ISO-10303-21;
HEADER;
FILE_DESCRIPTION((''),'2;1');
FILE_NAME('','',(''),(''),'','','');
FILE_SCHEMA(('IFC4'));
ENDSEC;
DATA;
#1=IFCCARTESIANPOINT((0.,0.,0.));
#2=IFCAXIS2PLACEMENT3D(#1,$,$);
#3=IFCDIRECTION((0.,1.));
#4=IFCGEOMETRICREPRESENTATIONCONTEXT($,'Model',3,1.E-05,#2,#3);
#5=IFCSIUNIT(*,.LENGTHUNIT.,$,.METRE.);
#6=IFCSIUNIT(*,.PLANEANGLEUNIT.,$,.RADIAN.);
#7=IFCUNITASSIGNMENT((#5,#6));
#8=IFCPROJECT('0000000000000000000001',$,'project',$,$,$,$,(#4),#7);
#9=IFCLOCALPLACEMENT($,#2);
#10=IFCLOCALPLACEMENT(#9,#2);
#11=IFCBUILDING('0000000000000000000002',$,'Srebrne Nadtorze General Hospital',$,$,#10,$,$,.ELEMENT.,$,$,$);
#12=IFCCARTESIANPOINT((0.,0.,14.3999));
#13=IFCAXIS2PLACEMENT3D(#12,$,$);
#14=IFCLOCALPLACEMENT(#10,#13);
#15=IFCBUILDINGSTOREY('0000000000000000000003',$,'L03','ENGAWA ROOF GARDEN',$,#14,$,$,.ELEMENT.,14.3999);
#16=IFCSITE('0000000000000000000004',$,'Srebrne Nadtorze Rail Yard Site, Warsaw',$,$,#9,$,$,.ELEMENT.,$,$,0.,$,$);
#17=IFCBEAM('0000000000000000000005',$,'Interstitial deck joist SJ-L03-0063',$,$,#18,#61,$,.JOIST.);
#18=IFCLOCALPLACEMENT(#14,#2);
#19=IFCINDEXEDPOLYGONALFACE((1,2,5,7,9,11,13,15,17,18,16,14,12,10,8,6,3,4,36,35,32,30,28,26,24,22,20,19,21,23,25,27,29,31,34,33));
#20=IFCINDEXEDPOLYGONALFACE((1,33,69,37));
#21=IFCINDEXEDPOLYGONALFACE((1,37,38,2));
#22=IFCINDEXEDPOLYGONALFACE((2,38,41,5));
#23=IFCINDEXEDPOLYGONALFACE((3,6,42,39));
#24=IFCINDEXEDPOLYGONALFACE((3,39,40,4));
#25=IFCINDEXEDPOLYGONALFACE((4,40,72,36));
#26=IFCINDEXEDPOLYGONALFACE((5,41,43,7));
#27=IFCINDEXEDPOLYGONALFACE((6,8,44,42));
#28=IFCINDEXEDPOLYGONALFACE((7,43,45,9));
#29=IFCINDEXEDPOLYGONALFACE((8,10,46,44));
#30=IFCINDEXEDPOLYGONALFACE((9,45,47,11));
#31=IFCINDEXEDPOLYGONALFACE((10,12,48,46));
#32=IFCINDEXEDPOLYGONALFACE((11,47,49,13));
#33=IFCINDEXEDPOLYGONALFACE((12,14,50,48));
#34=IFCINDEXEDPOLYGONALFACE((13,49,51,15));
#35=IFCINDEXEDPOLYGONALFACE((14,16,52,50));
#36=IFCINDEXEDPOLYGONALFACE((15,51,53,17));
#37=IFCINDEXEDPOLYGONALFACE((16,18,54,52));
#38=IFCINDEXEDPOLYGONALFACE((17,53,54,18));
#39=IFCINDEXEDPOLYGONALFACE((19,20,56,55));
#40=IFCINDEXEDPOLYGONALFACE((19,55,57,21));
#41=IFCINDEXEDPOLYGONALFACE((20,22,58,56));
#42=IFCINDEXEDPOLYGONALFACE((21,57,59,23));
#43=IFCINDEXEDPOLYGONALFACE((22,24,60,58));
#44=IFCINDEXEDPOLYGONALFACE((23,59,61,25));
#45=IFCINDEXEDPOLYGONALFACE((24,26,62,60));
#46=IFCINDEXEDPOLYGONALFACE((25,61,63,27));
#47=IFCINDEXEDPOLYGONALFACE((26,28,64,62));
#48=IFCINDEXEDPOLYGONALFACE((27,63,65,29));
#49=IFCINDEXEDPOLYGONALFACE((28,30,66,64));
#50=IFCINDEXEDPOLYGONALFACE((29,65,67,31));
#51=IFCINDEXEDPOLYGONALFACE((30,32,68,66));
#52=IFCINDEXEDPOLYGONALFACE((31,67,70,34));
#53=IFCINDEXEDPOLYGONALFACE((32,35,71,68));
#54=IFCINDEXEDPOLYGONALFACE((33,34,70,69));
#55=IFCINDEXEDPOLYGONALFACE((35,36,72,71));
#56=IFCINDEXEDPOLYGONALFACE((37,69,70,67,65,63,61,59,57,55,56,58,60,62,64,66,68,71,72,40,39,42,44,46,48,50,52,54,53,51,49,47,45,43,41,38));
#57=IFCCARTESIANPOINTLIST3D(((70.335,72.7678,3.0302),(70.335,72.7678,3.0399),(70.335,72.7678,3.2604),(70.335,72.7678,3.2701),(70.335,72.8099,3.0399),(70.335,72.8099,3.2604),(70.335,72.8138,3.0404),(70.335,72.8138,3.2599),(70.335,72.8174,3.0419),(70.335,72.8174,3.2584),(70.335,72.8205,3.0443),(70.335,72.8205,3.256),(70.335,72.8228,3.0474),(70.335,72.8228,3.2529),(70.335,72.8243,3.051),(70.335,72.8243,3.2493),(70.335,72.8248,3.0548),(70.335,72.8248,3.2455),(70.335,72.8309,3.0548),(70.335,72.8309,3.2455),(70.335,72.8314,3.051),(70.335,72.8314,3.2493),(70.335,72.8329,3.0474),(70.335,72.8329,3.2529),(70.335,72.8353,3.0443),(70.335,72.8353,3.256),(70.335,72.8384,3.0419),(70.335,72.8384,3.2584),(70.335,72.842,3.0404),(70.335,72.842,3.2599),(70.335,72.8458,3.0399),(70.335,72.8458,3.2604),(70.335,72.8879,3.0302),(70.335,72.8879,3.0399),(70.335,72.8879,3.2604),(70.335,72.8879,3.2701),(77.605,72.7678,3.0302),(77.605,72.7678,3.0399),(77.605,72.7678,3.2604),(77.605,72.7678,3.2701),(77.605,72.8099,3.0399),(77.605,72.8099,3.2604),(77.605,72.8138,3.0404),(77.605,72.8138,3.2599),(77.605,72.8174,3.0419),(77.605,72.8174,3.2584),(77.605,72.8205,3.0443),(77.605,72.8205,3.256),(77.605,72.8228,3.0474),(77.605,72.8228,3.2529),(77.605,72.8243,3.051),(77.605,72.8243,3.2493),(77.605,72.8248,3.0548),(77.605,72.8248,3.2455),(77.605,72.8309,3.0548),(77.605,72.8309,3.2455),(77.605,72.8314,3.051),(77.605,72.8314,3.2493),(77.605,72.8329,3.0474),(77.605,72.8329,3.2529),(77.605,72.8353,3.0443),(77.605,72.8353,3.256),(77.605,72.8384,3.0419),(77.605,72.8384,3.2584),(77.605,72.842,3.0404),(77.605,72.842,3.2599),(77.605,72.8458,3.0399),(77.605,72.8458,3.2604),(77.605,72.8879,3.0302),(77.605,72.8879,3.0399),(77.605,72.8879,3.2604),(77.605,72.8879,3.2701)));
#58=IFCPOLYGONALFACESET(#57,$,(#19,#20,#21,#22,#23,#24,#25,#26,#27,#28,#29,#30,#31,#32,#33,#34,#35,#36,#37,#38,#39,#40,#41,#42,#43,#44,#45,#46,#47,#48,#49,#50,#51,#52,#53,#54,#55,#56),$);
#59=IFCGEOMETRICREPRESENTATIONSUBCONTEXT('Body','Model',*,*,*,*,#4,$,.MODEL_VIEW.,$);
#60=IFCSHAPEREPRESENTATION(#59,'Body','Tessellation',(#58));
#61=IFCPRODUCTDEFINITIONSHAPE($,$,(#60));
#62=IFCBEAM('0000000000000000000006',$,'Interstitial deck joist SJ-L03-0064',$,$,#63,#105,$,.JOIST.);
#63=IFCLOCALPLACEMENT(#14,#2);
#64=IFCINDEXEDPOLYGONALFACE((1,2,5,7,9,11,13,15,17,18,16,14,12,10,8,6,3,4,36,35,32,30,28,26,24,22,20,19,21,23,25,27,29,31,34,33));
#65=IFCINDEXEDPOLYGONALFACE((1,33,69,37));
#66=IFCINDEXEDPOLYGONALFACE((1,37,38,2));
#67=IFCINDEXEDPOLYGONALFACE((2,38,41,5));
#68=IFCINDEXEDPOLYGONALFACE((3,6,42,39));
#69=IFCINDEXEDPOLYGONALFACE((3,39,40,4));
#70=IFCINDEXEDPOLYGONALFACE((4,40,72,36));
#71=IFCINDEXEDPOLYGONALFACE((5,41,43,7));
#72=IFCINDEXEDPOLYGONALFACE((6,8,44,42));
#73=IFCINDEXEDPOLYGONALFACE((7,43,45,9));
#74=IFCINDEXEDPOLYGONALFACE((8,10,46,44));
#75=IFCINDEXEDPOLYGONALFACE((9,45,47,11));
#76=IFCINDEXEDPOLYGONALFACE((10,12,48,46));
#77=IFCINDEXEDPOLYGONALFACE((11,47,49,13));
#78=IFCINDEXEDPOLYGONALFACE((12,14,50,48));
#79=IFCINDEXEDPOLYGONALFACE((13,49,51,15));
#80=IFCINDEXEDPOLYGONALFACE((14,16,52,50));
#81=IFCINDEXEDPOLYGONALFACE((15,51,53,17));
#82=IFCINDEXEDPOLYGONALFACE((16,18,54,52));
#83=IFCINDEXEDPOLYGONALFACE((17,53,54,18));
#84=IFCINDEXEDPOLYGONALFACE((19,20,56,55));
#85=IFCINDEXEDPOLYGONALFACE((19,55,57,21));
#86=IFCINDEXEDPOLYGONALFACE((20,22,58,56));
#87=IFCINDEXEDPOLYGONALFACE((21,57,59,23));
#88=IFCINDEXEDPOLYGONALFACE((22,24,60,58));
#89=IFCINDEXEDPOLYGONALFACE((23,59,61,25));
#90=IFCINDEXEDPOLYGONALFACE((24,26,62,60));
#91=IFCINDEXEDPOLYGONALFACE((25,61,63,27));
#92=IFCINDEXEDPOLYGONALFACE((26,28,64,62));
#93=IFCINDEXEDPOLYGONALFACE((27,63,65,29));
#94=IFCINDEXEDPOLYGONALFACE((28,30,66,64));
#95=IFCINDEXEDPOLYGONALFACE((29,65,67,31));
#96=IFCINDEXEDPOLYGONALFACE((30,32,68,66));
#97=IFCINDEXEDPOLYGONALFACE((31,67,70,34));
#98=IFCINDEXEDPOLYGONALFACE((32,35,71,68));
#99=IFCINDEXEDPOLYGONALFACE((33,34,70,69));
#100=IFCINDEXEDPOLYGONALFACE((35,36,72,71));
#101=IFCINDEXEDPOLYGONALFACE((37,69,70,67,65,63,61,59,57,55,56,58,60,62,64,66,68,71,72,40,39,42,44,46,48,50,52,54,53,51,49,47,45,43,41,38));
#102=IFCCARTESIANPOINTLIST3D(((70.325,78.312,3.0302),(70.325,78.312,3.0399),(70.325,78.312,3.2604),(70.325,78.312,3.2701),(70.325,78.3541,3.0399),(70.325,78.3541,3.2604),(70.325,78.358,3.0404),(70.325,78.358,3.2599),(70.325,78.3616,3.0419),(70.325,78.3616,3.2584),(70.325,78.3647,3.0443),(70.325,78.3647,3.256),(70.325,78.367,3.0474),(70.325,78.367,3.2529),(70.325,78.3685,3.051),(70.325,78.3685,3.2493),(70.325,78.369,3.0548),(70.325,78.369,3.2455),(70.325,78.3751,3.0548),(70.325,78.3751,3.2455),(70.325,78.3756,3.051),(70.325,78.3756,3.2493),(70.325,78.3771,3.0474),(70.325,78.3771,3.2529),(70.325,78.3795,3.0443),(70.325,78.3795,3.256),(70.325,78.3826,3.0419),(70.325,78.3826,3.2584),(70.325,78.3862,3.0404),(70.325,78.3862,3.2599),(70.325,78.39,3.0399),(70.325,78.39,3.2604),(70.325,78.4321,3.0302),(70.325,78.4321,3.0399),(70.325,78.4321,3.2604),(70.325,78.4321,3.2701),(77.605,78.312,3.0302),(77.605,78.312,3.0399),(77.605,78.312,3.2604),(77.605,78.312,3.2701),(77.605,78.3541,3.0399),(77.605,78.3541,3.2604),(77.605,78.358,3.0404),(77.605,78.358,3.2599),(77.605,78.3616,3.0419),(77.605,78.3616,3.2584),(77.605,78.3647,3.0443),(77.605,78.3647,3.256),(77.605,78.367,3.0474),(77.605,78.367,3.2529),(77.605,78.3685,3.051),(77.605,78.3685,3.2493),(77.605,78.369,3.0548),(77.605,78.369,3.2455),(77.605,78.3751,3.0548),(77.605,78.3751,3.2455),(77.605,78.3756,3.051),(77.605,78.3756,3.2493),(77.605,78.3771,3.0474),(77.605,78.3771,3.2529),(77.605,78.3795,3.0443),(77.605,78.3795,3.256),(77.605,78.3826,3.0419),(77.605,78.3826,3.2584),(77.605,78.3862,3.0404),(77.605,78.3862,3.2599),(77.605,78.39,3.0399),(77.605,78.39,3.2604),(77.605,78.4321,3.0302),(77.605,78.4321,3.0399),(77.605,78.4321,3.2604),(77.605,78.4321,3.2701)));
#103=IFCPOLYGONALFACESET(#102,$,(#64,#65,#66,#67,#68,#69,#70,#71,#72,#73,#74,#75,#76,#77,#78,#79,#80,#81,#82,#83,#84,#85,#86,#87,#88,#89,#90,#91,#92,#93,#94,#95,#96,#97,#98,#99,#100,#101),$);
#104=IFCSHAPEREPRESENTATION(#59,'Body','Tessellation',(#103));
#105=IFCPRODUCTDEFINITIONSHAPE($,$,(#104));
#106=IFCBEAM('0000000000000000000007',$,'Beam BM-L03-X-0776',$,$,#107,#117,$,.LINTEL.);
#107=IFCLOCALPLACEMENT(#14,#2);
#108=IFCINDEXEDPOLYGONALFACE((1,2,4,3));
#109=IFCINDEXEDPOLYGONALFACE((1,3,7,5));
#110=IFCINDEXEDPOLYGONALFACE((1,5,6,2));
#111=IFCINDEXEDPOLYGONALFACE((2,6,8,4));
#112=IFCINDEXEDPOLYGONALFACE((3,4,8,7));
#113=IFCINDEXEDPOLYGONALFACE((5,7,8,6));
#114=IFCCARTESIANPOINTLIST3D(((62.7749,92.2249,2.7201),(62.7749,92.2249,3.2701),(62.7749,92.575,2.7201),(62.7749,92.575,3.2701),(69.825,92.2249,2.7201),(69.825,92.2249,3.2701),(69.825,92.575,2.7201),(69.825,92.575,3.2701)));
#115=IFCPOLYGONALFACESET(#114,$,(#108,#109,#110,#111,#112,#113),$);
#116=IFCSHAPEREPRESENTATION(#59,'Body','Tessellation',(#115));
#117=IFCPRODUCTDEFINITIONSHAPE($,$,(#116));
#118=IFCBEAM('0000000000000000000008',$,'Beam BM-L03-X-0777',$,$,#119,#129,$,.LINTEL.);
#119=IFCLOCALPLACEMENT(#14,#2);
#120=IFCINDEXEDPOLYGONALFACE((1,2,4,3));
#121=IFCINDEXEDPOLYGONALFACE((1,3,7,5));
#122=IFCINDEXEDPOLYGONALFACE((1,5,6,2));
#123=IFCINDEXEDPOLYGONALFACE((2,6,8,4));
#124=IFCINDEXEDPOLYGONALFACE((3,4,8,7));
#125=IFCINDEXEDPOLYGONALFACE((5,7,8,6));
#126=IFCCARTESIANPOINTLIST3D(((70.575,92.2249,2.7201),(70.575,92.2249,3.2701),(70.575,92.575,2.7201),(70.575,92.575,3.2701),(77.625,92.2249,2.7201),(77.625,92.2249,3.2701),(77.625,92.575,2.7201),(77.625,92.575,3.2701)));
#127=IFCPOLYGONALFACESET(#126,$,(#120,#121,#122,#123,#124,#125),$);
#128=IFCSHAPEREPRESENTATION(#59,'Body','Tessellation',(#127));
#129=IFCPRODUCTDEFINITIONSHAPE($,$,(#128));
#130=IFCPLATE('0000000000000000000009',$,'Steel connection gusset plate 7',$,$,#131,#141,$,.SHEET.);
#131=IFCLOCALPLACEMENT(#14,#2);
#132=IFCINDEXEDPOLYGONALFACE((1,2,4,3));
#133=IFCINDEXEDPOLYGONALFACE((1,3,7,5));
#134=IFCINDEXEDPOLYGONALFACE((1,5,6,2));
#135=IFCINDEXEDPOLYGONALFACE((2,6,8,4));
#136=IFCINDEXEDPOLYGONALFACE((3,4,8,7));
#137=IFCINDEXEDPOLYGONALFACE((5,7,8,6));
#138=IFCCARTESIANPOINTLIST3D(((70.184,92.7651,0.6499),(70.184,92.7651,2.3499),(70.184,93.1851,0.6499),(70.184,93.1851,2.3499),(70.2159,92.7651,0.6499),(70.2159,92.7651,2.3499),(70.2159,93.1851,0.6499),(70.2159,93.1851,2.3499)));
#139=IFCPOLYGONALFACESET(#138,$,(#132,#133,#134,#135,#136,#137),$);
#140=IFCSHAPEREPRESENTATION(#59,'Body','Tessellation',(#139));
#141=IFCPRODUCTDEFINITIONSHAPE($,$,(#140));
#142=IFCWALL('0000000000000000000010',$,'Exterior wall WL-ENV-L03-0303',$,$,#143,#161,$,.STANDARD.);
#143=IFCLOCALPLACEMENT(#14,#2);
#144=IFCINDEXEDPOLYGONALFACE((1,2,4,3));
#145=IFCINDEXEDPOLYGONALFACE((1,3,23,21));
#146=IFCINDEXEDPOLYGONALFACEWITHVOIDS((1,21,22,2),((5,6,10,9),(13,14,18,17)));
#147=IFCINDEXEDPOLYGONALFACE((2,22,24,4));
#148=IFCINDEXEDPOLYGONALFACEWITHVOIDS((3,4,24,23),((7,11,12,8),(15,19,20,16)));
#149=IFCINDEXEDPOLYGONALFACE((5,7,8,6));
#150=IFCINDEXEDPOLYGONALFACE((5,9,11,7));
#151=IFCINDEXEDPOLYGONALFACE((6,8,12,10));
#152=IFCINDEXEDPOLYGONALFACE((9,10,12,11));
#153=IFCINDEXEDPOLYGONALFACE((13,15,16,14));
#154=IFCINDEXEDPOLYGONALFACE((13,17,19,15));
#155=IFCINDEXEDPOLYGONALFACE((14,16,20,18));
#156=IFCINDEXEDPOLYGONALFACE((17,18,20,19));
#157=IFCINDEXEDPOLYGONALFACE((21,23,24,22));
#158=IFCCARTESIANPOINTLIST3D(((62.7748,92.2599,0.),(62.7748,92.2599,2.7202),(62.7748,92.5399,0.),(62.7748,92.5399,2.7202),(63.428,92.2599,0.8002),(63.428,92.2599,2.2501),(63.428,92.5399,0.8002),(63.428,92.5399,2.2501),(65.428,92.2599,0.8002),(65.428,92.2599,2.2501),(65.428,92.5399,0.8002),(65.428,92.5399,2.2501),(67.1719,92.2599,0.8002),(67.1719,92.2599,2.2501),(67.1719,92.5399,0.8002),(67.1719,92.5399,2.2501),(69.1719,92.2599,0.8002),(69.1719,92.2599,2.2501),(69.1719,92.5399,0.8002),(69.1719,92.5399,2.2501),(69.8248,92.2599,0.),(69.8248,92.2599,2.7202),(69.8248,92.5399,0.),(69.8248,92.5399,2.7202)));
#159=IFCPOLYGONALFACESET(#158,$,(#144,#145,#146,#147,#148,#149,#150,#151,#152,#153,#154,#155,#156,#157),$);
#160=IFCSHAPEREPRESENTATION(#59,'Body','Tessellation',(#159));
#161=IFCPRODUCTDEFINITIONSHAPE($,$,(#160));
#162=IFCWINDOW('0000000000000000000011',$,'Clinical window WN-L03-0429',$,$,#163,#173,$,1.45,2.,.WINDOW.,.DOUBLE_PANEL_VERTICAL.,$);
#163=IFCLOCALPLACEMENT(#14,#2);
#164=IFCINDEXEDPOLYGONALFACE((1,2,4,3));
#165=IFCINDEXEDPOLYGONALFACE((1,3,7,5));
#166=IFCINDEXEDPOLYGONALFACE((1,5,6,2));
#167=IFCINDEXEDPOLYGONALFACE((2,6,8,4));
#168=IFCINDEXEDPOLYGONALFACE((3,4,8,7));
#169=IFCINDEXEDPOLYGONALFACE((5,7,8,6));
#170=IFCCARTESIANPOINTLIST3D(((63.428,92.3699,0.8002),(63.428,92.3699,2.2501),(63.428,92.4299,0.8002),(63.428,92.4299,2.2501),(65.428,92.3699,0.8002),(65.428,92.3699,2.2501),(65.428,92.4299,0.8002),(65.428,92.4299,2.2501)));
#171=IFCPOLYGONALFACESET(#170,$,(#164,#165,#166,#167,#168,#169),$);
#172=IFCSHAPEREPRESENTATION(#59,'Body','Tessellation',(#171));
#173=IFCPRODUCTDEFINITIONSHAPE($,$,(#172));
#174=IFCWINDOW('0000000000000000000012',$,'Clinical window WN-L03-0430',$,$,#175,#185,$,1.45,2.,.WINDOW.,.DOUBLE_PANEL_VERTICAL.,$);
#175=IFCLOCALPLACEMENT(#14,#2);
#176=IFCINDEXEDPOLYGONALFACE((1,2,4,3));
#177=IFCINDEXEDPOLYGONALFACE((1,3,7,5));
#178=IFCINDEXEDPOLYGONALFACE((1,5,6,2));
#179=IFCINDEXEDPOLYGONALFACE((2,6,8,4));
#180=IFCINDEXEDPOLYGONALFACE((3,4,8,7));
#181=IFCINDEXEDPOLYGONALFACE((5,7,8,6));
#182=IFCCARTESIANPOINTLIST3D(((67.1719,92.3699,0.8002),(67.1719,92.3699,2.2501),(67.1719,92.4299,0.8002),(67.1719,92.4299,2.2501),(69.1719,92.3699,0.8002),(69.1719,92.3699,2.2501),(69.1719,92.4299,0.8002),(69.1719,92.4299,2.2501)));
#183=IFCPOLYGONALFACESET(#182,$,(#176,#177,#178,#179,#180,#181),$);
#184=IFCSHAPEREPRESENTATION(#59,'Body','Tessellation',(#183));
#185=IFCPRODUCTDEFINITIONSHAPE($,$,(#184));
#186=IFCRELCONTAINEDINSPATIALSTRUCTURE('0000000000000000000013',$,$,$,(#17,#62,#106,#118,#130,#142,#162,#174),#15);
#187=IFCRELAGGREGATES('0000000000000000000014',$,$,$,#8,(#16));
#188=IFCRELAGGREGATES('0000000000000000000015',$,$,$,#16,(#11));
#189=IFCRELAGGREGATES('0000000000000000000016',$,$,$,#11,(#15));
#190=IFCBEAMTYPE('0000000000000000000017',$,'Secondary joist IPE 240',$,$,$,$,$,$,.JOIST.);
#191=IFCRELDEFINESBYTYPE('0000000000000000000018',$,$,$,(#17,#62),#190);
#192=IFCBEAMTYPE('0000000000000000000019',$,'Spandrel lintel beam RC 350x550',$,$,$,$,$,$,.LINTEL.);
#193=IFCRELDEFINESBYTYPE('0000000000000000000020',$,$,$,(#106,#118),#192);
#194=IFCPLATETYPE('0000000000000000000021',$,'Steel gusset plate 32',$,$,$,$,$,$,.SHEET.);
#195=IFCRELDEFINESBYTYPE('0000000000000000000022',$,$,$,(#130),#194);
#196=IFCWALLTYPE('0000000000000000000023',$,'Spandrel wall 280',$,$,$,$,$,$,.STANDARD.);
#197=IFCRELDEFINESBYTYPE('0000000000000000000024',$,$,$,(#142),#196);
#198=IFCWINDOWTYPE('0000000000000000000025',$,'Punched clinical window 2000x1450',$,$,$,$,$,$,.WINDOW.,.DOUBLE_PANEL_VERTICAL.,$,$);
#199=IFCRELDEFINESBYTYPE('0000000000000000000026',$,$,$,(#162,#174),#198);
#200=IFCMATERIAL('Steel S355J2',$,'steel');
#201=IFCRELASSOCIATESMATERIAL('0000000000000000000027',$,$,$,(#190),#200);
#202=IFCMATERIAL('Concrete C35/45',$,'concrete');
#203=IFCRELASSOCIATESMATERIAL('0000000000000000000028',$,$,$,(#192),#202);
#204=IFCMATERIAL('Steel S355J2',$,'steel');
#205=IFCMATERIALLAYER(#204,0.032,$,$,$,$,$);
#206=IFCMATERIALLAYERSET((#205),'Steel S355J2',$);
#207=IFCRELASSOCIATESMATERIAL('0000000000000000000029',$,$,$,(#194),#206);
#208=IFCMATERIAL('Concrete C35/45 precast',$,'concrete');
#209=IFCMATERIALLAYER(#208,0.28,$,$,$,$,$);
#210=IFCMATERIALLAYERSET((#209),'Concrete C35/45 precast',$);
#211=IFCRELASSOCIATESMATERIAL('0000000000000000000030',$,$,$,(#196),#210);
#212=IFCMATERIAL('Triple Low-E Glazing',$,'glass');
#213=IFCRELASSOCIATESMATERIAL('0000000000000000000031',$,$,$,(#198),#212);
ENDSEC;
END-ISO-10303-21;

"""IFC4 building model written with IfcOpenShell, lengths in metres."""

from ifc_helpers import new_model, si_unit, direction, frame, frame_2d, origin, origin_2d, place, context, subcontext, project, spatial, rectangle, i_section, extrude, material, layer, layer_set, material_profile, profile_set, type_object, element, fill, save


model = new_model("IFC4")

# Units and contexts
model_context = context("Model", 3, precision=1e-05, world=origin(), true_north=direction((0.0, 1.0)))
body_context = subcontext(model_context, "Body", "Model", "MODEL_VIEW")
ifc_project = project(units=[si_unit("LENGTHUNIT", "METRE"), si_unit("PLANEANGLEUNIT", "RADIAN")], contexts=[model_context])

# Site, building, storey
site_placement = place(None, origin())
site = spatial("IfcSite", under=ifc_project, at=site_placement, Name="Srebrne Nadtorze Rail Yard Site, Warsaw", CompositionType="ELEMENT", RefElevation=0.0)
building_placement = place(site_placement, origin())
building = spatial("IfcBuilding", under=site, at=building_placement, Name="Srebrne Nadtorze General Hospital", CompositionType="ELEMENT")
storey_placement = place(building_placement, frame((0.0, 0.0, 14.3999)))
storey = spatial("IfcBuildingStorey", under=building, at=storey_placement, Name="L03", Description="ENGAWA ROOF GARDEN", CompositionType="ELEMENT", Elevation=14.3999)

# Beams
ifc_material_1 = material(Name="Steel S355J2", Category="steel")
ifc_material_profile_1 = material_profile(ifc_material_1, i_section(OverallWidth=0.1201, OverallDepth=0.24, WebThickness=0.0061, FlangeThickness=0.0098, FilletRadius=0.0149, at=origin_2d()), Name="IPE-240")
ifc_profile_set_1 = profile_set([ifc_material_profile_1], Name="Steel S355J2")
beam_type_1 = type_object("IfcBeamType", Name="Secondary joist IPE 240", PredefinedType="JOIST", material=ifc_profile_set_1)
beam_1_placement = place(storey_placement, frame((70.335, 72.8279, 3.1501), z_axis=(1.0, 0.0, 0.0), x_axis=(0.0, 1.0, 0.0)))
element("IfcBeam", 1, at=beam_1_placement, inside=storey, type_object=beam_type_1, Name="Interstitial deck joist SJ-L03-0063", PredefinedType="JOIST", context=body_context, shape_type="SweptSolid", body=[
    extrude(i_section(OverallWidth=0.1201, OverallDepth=0.24, WebThickness=0.0061, FlangeThickness=0.0098, FilletRadius=0.0149, at=origin_2d()), origin(), (0.0, 0.0, 1.0), 7.27),
])
beam_2_placement = place(storey_placement, frame((70.325, 78.3721, 3.1501), z_axis=(1.0, 0.0, 0.0), x_axis=(0.0, 1.0, 0.0)))
element("IfcBeam", 2, at=beam_2_placement, inside=storey, type_object=beam_type_1, Name="Interstitial deck joist SJ-L03-0064", PredefinedType="JOIST", context=body_context, shape_type="SweptSolid", body=[
    extrude(i_section(OverallWidth=0.1201, OverallDepth=0.24, WebThickness=0.0061, FlangeThickness=0.0098, FilletRadius=0.0149, at=origin_2d()), origin(), (0.0, 0.0, 1.0), 7.28),
])
ifc_material_2 = material(Name="Concrete C35/45", Category="concrete")
ifc_material_profile_2 = material_profile(ifc_material_2, rectangle(XDim=0.3501, YDim=0.55, at=origin_2d()), Name="RC-BM-350x550")
ifc_profile_set_2 = profile_set([ifc_material_profile_2], Name="Concrete C35/45")
beam_type_2 = type_object("IfcBeamType", Name="Spandrel lintel beam RC 350x550", PredefinedType="LINTEL", material=ifc_profile_set_2)
for number, where, z_axis, x_axis, name in (
    (3, (62.7749, 92.3999, 2.9951), (1.0, 0.0, 0.0), (0.0, 1.0, 0.0), "Beam BM-L03-X-0776"),
    (4, (70.575, 92.3999, 2.9951), (1.0, 0.0, 0.0), (0.0, 1.0, 0.0), "Beam BM-L03-X-0777"),
):
    element("IfcBeam", number, at=place(storey_placement, frame(where, z_axis=z_axis, x_axis=x_axis)), inside=storey, type_object=beam_type_2, Name=name, PredefinedType="LINTEL", context=body_context, shape_type="SweptSolid", body=[
        extrude(rectangle(XDim=0.3501, YDim=0.55, at=origin_2d()), origin(), (0.0, 0.0, 1.0), 7.05),
    ])

# Plate
ifc_material_3 = material(Name="Steel S355J2", Category="steel")
ifc_layer_1 = layer(ifc_material_3, 0.032)
ifc_layer_set_1 = layer_set([ifc_layer_1], Name="Steel S355J2")
plate_type = type_object("IfcPlateType", Name="Steel gusset plate 32", PredefinedType="SHEET", material=ifc_layer_set_1)
plate_placement = place(storey_placement, frame((70.2, 92.9751, 0.6499), z_axis=(0.0, 0.0, 1.0), x_axis=(1.0, 0.0, 0.0)))
element("IfcPlate", 5, at=plate_placement, inside=storey, type_object=plate_type, Name="Steel connection gusset plate 7", PredefinedType="SHEET", context=body_context, shape_type="SweptSolid", body=[
    extrude(rectangle(XDim=0.032, YDim=0.4199, at=origin_2d()), origin(), (0.0, 0.0, 1.0), 1.7),
])

# Wall, openings, windows
ifc_material_4 = material(Name="Concrete C35/45 precast", Category="concrete")
ifc_layer_2 = layer(ifc_material_4, 0.28)
ifc_layer_set_2 = layer_set([ifc_layer_2], Name="Concrete C35/45 precast")
wall_type = type_object("IfcWallType", Name="Spandrel wall 280", PredefinedType="STANDARD", material=ifc_layer_set_2)
wall_1_placement = place(storey_placement, frame((62.7749, 92.3999, 0.0), z_axis=(0.0, 0.0, 1.0), x_axis=(1.0, 0.0, 0.0)))
wall_1 = element("IfcWall", 6, at=wall_1_placement, inside=storey, type_object=wall_type, Name="Exterior wall WL-ENV-L03-0303", PredefinedType="STANDARD", context=body_context, shape_type="SweptSolid", body=[
    extrude(rectangle(XDim=7.05, YDim=0.28, at=frame_2d((3.5249, 0.0))), origin(), (0.0, 0.0, 1.0), 2.7202),
])
opening_1_placement = place(wall_1_placement, frame((0.6531, 0.0, 0.8)))
opening_1 = element("IfcOpeningElement", 7, at=opening_1_placement, cuts=wall_1, PredefinedType="OPENING", context=body_context, shape_type="SweptSolid", body=[
    extrude(rectangle(XDim=2.0, YDim=1.45, at=frame_2d((1.0, 0.7251))), frame((0.0, 0.1519, 0.0), z_axis=(0.0, -1.0, 0.0), x_axis=(1.0, 0.0, 0.0)), (0.0, 0.0, 1.0), 0.304),
])
opening_2_placement = place(wall_1_placement, frame((4.397, 0.0, 0.8)))
opening_2 = element("IfcOpeningElement", 8, at=opening_2_placement, cuts=wall_1, PredefinedType="OPENING", context=body_context, shape_type="SweptSolid", body=[
    extrude(rectangle(XDim=2.0, YDim=1.45, at=frame_2d((1.0, 0.7251))), frame((0.0, 0.1519, 0.0), z_axis=(0.0, -1.0, 0.0), x_axis=(1.0, 0.0, 0.0)), (0.0, 0.0, 1.0), 0.304),
])
ifc_material_5 = material(Name="Triple Low-E Glazing", Category="glass")
window_type_1 = type_object("IfcWindowType", Name="Punched clinical window 2000x1450", PartitioningType="DOUBLE_PANEL_VERTICAL", PredefinedType="WINDOW", material=ifc_material_5)
window_1_placement = place(opening_1_placement, origin())
window_1 = element("IfcWindow", 9, at=window_1_placement, inside=storey, type_object=window_type_1, Name="Clinical window WN-L03-0429", OverallHeight=1.45, OverallWidth=2.0, PartitioningType="DOUBLE_PANEL_VERTICAL", PredefinedType="WINDOW", context=body_context, shape_type="SweptSolid", body=[
    extrude(rectangle(XDim=2.0, YDim=1.45, at=frame_2d((1.0, 0.7251))), frame((0.0, 0.03, 0.0), z_axis=(0.0, -1.0, 0.0), x_axis=(1.0, 0.0, 0.0)), (0.0, 0.0, 1.0), 0.0601),
])
fill(opening_1, window_1)
window_2_placement = place(opening_2_placement, origin())
window_2 = element("IfcWindow", 10, at=window_2_placement, inside=storey, type_object=window_type_1, Name="Clinical window WN-L03-0430", OverallHeight=1.45, OverallWidth=2.0, PartitioningType="DOUBLE_PANEL_VERTICAL", PredefinedType="WINDOW", context=body_context, shape_type="SweptSolid", body=[
    extrude(rectangle(XDim=2.0, YDim=1.45, at=frame_2d((1.0, 0.7251))), frame((0.0, 0.03, 0.0), z_axis=(0.0, -1.0, 0.0), x_axis=(1.0, 0.0, 0.0)), (0.0, 0.0, 1.0), 0.0601),
])
fill(opening_2, window_2)

save(model, "model.ifc")
